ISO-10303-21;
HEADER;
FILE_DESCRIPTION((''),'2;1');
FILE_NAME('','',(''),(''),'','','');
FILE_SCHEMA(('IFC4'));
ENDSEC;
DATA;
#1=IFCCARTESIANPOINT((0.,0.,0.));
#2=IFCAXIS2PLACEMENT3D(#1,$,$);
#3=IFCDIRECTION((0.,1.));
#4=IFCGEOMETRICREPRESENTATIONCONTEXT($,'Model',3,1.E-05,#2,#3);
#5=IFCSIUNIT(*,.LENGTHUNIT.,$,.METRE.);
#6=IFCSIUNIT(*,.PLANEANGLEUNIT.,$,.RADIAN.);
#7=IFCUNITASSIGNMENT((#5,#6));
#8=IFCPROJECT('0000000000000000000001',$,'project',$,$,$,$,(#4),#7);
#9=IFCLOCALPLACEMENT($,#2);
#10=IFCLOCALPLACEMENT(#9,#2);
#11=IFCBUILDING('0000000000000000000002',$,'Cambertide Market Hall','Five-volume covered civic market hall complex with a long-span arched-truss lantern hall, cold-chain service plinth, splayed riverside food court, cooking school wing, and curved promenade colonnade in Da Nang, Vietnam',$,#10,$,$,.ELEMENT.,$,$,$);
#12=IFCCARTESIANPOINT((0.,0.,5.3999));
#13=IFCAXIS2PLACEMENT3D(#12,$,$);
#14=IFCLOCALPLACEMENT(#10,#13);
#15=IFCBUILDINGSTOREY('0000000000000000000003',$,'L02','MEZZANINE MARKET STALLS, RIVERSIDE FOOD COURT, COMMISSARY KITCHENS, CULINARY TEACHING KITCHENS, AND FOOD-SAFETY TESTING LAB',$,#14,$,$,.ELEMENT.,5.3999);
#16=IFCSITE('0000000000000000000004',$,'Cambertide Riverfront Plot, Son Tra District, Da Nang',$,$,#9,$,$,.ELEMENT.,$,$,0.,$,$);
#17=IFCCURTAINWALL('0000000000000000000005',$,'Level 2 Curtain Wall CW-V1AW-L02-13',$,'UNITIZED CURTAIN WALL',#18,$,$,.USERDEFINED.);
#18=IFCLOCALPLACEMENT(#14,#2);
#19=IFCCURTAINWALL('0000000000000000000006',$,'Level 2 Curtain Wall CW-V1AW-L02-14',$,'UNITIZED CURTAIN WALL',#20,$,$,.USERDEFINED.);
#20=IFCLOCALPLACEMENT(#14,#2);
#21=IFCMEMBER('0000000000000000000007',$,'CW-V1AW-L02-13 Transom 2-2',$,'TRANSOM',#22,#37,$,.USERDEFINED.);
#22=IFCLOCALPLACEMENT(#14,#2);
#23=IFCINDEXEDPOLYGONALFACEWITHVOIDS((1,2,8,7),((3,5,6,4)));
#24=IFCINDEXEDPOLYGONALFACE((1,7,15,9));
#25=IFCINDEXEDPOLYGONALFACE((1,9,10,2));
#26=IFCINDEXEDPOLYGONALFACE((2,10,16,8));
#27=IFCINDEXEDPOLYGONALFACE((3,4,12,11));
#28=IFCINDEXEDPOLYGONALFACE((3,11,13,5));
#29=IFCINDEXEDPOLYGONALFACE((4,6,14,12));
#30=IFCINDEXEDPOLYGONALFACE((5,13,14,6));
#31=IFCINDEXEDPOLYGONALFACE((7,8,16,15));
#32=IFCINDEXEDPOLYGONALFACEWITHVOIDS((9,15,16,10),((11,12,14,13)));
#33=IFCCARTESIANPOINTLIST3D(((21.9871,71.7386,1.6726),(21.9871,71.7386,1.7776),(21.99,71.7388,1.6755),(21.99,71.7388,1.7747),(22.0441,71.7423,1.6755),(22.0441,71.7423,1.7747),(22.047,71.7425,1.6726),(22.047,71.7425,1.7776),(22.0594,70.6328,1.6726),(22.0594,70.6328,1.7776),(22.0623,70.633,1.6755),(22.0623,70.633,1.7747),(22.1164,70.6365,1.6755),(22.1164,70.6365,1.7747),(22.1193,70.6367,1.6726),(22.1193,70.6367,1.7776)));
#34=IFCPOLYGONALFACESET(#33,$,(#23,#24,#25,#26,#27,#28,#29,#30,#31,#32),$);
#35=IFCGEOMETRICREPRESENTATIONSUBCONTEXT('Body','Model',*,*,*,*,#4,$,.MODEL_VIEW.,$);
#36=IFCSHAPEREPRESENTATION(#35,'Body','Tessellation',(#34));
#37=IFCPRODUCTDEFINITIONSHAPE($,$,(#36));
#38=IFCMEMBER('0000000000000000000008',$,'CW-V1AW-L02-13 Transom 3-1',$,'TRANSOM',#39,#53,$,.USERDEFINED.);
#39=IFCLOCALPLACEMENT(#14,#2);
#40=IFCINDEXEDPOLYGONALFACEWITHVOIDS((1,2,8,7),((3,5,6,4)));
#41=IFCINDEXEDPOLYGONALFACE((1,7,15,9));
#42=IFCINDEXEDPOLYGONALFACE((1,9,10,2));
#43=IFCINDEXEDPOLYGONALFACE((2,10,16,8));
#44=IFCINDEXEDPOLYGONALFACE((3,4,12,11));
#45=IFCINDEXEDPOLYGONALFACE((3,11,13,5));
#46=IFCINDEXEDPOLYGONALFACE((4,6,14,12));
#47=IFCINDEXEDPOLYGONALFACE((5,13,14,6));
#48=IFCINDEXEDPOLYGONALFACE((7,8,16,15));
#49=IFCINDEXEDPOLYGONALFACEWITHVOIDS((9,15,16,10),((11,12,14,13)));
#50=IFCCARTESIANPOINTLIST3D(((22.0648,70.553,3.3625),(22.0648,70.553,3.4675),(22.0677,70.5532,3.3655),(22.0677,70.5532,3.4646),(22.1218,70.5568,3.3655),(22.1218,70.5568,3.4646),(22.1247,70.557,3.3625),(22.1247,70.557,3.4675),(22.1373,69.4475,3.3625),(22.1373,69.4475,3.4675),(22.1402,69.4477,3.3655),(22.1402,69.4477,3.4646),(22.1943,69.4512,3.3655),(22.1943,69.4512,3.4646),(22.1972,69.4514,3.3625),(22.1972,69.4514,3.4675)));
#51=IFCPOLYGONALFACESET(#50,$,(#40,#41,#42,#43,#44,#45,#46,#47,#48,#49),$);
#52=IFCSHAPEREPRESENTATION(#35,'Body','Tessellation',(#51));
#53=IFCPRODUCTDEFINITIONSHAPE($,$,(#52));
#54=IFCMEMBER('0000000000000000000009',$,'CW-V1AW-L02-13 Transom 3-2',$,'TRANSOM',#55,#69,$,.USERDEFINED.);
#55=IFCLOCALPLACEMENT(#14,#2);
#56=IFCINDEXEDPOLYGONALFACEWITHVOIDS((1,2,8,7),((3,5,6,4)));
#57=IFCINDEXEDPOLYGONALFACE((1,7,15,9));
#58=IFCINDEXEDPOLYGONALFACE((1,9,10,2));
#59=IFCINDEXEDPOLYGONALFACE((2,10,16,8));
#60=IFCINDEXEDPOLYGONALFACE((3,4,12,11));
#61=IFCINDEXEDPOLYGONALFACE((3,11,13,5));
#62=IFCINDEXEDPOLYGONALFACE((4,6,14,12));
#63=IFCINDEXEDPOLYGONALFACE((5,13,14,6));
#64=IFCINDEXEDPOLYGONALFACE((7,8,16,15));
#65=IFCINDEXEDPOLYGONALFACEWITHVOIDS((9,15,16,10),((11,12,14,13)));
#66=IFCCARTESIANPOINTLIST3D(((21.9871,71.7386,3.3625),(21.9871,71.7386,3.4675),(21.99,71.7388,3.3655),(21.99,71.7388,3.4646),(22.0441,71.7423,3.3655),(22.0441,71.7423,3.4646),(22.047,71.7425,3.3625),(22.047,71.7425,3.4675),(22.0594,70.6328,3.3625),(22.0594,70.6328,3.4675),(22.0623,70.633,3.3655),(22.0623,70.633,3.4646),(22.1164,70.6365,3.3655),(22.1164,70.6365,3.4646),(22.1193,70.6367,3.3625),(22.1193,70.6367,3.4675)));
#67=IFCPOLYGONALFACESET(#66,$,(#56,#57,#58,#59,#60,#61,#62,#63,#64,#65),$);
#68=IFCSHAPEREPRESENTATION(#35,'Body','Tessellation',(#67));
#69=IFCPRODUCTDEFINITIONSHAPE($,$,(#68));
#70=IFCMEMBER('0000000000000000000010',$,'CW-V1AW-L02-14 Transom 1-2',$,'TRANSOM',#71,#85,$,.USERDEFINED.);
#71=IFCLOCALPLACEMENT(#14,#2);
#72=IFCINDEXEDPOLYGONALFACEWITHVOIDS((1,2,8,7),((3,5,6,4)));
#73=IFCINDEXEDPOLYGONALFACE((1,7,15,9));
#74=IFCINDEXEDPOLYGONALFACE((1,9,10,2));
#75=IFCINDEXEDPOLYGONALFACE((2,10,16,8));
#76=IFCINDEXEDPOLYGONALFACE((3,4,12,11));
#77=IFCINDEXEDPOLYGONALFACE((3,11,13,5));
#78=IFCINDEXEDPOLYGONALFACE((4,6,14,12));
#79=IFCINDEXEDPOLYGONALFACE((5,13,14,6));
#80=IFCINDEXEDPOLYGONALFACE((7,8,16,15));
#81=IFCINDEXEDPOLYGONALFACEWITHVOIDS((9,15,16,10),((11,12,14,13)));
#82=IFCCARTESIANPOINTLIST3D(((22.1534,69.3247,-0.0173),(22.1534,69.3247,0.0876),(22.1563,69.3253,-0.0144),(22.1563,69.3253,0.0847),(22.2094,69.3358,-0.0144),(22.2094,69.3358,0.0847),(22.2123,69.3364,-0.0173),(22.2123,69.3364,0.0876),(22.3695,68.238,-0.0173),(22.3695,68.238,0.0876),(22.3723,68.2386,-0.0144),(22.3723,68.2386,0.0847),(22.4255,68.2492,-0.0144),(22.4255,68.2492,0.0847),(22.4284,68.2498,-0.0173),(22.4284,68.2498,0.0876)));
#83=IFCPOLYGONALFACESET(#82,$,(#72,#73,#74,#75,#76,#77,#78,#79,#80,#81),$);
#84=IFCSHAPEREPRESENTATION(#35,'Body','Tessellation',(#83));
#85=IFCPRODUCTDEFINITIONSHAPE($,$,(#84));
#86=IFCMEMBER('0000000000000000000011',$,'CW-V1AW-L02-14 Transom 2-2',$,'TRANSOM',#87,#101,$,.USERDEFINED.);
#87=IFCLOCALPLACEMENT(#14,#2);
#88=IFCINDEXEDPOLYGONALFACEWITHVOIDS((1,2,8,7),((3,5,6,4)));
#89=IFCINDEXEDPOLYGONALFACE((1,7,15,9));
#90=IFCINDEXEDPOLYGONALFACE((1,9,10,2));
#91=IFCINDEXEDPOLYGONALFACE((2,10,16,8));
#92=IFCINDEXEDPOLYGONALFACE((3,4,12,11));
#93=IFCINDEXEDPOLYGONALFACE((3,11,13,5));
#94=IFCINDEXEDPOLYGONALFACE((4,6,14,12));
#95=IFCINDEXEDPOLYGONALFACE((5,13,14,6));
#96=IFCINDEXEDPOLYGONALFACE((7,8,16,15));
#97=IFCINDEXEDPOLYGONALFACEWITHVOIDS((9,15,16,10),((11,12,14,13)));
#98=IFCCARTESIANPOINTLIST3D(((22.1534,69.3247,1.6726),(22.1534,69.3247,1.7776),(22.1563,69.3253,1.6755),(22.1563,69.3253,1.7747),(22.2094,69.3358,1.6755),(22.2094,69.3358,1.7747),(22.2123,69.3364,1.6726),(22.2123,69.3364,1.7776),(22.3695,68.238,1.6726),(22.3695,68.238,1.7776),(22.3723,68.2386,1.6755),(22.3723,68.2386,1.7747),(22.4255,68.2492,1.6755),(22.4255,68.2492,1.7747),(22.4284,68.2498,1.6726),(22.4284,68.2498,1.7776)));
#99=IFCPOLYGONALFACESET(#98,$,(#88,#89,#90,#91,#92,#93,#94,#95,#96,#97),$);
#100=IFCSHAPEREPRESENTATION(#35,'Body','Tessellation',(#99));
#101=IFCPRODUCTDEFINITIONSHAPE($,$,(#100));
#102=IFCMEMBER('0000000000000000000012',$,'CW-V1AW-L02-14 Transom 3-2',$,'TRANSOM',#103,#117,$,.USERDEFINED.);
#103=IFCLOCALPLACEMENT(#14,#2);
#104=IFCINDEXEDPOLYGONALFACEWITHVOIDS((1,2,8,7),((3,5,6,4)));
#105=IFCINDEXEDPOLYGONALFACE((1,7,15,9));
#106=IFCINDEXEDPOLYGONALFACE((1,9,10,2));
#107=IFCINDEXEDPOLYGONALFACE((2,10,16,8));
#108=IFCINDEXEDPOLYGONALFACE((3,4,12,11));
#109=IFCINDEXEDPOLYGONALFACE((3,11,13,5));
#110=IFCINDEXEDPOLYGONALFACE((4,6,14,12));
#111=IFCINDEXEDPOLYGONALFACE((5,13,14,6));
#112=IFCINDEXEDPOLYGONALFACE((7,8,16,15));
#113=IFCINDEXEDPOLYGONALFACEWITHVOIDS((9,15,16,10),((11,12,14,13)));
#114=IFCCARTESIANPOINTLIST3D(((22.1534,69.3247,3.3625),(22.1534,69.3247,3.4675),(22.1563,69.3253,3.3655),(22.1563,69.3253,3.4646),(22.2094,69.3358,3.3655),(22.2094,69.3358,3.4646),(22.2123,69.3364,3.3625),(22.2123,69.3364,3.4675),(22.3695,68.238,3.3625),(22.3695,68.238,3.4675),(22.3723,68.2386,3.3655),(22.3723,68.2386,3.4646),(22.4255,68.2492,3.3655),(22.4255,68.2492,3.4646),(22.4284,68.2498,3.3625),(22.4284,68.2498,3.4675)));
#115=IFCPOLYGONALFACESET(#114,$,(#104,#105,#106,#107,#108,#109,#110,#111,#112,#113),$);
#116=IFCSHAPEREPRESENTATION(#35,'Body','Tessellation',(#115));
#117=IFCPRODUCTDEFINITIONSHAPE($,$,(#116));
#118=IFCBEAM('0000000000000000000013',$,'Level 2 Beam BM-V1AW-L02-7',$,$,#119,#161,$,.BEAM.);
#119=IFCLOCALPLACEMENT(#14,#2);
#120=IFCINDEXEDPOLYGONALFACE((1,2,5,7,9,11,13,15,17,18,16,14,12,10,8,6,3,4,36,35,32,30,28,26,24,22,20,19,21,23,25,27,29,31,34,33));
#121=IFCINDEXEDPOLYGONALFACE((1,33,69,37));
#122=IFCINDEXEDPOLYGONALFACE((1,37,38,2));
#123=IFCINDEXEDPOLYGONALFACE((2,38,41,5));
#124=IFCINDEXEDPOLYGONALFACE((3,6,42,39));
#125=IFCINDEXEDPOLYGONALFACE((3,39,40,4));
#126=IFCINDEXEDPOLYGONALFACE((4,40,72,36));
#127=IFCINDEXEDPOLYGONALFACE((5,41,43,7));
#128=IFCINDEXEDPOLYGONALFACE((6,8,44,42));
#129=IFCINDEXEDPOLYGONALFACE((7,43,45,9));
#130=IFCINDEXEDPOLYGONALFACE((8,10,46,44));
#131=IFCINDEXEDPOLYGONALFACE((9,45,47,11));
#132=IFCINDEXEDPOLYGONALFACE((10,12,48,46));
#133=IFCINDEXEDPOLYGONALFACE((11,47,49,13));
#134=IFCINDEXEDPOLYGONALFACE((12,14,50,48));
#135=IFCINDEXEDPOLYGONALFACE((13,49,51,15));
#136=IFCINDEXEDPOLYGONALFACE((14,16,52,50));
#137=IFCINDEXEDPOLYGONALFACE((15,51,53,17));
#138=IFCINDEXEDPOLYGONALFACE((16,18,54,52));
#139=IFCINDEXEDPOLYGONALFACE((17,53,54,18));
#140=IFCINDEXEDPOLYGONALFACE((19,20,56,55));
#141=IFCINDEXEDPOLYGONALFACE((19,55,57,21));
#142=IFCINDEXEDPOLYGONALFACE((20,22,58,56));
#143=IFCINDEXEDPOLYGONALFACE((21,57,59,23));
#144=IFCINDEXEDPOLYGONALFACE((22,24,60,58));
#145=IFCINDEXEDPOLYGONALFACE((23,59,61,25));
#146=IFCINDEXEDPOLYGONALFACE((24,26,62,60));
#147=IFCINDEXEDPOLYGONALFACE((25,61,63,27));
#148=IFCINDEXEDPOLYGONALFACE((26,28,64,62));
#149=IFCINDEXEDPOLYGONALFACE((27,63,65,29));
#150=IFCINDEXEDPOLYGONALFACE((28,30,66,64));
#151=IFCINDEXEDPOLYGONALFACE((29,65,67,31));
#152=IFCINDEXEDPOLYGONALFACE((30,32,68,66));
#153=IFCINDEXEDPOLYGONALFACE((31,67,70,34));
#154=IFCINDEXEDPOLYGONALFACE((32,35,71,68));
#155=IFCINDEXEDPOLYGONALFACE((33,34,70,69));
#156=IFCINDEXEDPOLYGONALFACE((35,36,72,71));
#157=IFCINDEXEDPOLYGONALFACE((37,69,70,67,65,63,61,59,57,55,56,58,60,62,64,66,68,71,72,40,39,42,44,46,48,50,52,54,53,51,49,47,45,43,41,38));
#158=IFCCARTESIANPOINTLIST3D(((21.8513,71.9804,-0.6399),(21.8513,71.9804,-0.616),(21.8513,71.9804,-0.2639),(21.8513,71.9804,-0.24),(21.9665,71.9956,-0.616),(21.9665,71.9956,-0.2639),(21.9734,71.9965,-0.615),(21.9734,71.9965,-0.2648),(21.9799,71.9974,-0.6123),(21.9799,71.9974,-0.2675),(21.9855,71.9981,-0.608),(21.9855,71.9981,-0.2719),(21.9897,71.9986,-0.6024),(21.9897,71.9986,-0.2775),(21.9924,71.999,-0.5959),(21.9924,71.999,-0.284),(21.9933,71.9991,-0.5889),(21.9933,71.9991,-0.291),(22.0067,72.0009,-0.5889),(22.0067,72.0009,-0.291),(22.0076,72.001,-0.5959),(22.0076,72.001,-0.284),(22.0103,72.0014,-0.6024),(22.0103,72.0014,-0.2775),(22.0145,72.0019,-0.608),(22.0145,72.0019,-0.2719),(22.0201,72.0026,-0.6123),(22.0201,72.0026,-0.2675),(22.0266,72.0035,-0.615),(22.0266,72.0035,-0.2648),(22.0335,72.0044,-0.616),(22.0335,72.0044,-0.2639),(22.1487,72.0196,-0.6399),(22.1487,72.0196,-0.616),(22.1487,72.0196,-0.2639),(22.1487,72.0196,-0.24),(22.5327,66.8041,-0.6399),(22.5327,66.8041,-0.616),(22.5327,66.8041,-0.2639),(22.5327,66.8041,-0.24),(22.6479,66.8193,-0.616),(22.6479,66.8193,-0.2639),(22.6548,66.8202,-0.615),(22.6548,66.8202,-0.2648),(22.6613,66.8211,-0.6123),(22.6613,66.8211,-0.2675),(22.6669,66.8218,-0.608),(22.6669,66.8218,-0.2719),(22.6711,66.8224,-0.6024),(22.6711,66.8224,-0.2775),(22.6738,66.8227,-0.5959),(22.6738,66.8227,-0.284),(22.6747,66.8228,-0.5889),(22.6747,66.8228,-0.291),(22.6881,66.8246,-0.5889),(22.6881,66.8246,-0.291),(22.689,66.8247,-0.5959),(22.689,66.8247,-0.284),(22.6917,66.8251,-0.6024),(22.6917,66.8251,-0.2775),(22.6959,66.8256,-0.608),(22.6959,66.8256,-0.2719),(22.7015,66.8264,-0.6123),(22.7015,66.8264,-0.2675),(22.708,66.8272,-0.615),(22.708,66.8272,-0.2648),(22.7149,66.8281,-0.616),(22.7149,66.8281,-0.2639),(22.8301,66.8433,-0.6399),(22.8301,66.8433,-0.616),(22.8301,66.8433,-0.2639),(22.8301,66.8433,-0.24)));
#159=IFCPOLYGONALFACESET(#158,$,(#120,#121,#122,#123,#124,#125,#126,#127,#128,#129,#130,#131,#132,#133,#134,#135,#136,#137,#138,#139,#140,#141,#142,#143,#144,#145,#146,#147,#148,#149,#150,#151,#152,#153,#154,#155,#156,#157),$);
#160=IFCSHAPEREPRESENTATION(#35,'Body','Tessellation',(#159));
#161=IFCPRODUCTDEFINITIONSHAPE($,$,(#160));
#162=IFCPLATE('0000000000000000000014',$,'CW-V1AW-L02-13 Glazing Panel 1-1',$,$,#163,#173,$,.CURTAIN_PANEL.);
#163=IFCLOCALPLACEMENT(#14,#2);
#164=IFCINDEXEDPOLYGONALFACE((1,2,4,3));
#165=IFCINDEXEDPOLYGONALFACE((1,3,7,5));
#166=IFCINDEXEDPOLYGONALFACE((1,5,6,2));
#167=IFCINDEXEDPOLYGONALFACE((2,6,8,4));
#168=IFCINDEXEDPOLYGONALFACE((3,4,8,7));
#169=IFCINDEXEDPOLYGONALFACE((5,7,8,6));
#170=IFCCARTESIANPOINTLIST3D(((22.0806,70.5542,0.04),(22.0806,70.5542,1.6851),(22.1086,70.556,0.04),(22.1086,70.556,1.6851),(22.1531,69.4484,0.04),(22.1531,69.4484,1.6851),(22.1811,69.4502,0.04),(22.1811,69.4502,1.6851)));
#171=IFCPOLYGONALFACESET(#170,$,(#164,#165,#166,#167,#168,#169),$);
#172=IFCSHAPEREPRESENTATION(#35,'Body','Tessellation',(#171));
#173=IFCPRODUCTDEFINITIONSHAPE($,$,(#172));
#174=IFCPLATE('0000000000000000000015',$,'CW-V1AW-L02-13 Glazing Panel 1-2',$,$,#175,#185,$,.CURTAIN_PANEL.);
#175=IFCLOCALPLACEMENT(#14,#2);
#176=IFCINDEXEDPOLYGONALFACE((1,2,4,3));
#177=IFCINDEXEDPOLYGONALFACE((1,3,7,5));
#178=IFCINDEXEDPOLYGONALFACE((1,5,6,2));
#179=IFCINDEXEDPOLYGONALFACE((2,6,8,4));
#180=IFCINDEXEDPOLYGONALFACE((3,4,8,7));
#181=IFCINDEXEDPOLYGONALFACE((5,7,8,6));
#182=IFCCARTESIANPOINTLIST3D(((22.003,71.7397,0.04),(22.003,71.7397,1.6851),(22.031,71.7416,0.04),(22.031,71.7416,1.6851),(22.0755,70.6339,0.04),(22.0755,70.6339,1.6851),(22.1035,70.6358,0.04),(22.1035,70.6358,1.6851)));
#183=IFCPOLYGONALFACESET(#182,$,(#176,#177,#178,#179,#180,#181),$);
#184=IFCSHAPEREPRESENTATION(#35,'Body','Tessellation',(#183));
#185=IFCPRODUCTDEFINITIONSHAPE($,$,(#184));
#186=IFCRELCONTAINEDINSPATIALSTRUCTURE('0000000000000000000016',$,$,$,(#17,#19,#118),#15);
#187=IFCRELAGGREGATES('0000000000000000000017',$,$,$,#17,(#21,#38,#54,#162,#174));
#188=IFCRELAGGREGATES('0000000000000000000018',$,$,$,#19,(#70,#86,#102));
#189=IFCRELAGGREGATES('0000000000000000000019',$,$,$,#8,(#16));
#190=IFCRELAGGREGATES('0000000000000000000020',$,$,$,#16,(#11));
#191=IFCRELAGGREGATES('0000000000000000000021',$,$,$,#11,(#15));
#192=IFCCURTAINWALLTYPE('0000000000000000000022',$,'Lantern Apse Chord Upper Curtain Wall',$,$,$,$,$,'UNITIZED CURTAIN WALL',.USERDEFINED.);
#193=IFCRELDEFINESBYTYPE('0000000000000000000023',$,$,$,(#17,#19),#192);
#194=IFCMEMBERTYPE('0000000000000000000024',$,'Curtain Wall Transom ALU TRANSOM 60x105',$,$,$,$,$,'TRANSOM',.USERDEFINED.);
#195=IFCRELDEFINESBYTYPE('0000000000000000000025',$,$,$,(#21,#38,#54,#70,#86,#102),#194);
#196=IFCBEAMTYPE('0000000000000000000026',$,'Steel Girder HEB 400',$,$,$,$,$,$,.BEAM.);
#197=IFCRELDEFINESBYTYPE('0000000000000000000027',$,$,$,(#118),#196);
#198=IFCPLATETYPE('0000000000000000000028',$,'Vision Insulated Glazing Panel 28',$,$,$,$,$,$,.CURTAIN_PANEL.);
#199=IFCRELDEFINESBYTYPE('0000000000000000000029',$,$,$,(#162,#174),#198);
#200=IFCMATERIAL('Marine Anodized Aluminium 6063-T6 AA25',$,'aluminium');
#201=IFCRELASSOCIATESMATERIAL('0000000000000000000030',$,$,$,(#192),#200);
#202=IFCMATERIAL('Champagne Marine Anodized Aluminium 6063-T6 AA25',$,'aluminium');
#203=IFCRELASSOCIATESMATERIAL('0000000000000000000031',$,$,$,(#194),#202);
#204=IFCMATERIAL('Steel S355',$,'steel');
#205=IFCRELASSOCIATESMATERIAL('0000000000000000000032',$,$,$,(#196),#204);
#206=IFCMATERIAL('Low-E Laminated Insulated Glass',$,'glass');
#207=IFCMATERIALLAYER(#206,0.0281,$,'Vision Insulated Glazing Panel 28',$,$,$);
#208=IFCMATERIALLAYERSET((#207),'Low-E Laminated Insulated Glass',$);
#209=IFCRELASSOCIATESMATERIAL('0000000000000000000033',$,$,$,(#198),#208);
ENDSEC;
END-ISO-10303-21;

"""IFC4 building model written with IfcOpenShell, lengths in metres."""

from ifc_helpers import new_model, si_unit, direction, frame, origin, origin_2d, place, context, subcontext, project, spatial, rectangle, hollow_rectangle, i_section, extrude, material, layer, layer_set, material_profile, profile_set, type_object, element, aggregate, save


model = new_model("IFC4")

# Units and contexts
model_context = context("Model", 3, precision=1e-05, world=origin(), true_north=direction((0.0, 1.0)))
body_context = subcontext(model_context, "Body", "Model", "MODEL_VIEW")
ifc_project = project(units=[si_unit("LENGTHUNIT", "METRE"), si_unit("PLANEANGLEUNIT", "RADIAN")], contexts=[model_context])

# Site, building, storey
site_placement = place(None, origin())
site = spatial("IfcSite", under=ifc_project, at=site_placement, Name="Cambertide Riverfront Plot, Son Tra District, Da Nang", CompositionType="ELEMENT", RefElevation=0.0)
building_placement = place(site_placement, origin())
building = spatial("IfcBuilding", under=site, at=building_placement, Name="Cambertide Market Hall", Description="Five-volume covered civic market hall complex with a long-span arched-truss lantern hall, cold-chain service plinth, splayed riverside food court, cooking school wing, and curved promenade colonnade in Da Nang, Vietnam", CompositionType="ELEMENT")
storey_placement = place(building_placement, frame((0.0, 0.0, 5.3999)))
storey = spatial("IfcBuildingStorey", under=building, at=storey_placement, Name="L02", Description="MEZZANINE MARKET STALLS, RIVERSIDE FOOD COURT, COMMISSARY KITCHENS, CULINARY TEACHING KITCHENS, AND FOOD-SAFETY TESTING LAB", CompositionType="ELEMENT", Elevation=5.3999)

# Curtain walls
ifc_material_1 = material(Name="Marine Anodized Aluminium 6063-T6 AA25", Category="aluminium")
curtain_wall_type = type_object("IfcCurtainWallType", Name="Lantern Apse Chord Upper Curtain Wall", ElementType="UNITIZED CURTAIN WALL", PredefinedType="USERDEFINED", material=ifc_material_1)
curtain_wall_1_placement = place(storey_placement, origin())
curtain_wall_1 = element("IfcCurtainWall", 1, at=curtain_wall_1_placement, inside=storey, type_object=curtain_wall_type, Name="Level 2 Curtain Wall CW-V1AW-L02-13", ObjectType="UNITIZED CURTAIN WALL", PredefinedType="USERDEFINED")
curtain_wall_2_placement = place(storey_placement, origin())
curtain_wall_2 = element("IfcCurtainWall", 2, at=curtain_wall_2_placement, inside=storey, type_object=curtain_wall_type, Name="Level 2 Curtain Wall CW-V1AW-L02-14", ObjectType="UNITIZED CURTAIN WALL", PredefinedType="USERDEFINED")

# Members
ifc_material_2 = material(Name="Champagne Marine Anodized Aluminium 6063-T6 AA25", Category="aluminium")
ifc_material_profile_1 = material_profile(ifc_material_2, hollow_rectangle(XDim=0.0601, YDim=0.105, WallThickness=0.0029, at=origin_2d()), Name="ALU TRANSOM 60x105")
ifc_profile_set_1 = profile_set([ifc_material_profile_1], Name="Champagne Marine Anodized Aluminium 6063-T6 AA25")
member_type_1 = type_object("IfcMemberType", Name="Curtain Wall Transom ALU TRANSOM 60x105", ElementType="TRANSOM", PredefinedType="USERDEFINED", material=ifc_profile_set_1)
member_1_placement = place(storey_placement, frame((22.0894, 70.6348, 1.7251), z_axis=(-0.065217, 0.997871, 0.0), x_axis=(-0.997871, -0.065217, 0.0)))
member_1 = element("IfcMember", 3, at=member_1_placement, type_object=member_type_1, Name="CW-V1AW-L02-13 Transom 2-2", ObjectType="TRANSOM", PredefinedType="USERDEFINED", context=body_context, shape_type="SweptSolid", body=[
    extrude(hollow_rectangle(XDim=0.0601, YDim=0.105, WallThickness=0.0029, at=origin_2d()), origin(), (0.0, 0.0, 1.0), 1.1082),
])
member_2_placement = place(storey_placement, frame((22.1672, 69.4495, 3.415), z_axis=(-0.065451, 0.997856, 0.0), x_axis=(-0.997856, -0.065451, 0.0)))
member_2 = element("IfcMember", 4, at=member_2_placement, type_object=member_type_1, Name="CW-V1AW-L02-13 Transom 3-1", ObjectType="TRANSOM", PredefinedType="USERDEFINED", context=body_context, shape_type="SweptSolid", body=[
    extrude(hollow_rectangle(XDim=0.0601, YDim=0.105, WallThickness=0.0029, at=origin_2d()), origin(), (0.0, 0.0, 1.0), 1.1079),
])
member_3_placement = place(storey_placement, frame((22.0894, 70.6348, 3.415), z_axis=(-0.065217, 0.997871, 0.0), x_axis=(-0.997871, -0.065217, 0.0)))
member_3 = element("IfcMember", 5, at=member_3_placement, type_object=member_type_1, Name="CW-V1AW-L02-13 Transom 3-2", ObjectType="TRANSOM", PredefinedType="USERDEFINED", context=body_context, shape_type="SweptSolid", body=[
    extrude(hollow_rectangle(XDim=0.0601, YDim=0.105, WallThickness=0.0029, at=origin_2d()), origin(), (0.0, 0.0, 1.0), 1.1082),
])
member_4_placement = place(storey_placement, frame((22.3989, 68.2439, 0.0352), z_axis=(-0.195014, 0.9808, 0.0), x_axis=(-0.9808, -0.195014, 0.0)))
member_4 = element("IfcMember", 6, at=member_4_placement, type_object=member_type_1, Name="CW-V1AW-L02-14 Transom 1-2", ObjectType="TRANSOM", PredefinedType="USERDEFINED", context=body_context, shape_type="SweptSolid", body=[
    extrude(hollow_rectangle(XDim=0.0601, YDim=0.105, WallThickness=0.0029, at=origin_2d()), origin(), (0.0, 0.0, 1.0), 1.1079),
])
member_5_placement = place(storey_placement, frame((22.3989, 68.2439, 1.7251), z_axis=(-0.195014, 0.9808, 0.0), x_axis=(-0.9808, -0.195014, 0.0)))
member_5 = element("IfcMember", 7, at=member_5_placement, type_object=member_type_1, Name="CW-V1AW-L02-14 Transom 2-2", ObjectType="TRANSOM", PredefinedType="USERDEFINED", context=body_context, shape_type="SweptSolid", body=[
    extrude(hollow_rectangle(XDim=0.0601, YDim=0.105, WallThickness=0.0029, at=origin_2d()), origin(), (0.0, 0.0, 1.0), 1.1079),
])
member_6_placement = place(storey_placement, frame((22.3989, 68.2439, 3.415), z_axis=(-0.195014, 0.9808, 0.0), x_axis=(-0.9808, -0.195014, 0.0)))
member_6 = element("IfcMember", 8, at=member_6_placement, type_object=member_type_1, Name="CW-V1AW-L02-14 Transom 3-2", ObjectType="TRANSOM", PredefinedType="USERDEFINED", context=body_context, shape_type="SweptSolid", body=[
    extrude(hollow_rectangle(XDim=0.0601, YDim=0.105, WallThickness=0.0029, at=origin_2d()), origin(), (0.0, 0.0, 1.0), 1.1079),
])

# Beam
ifc_material_3 = material(Name="Steel S355", Category="steel")
ifc_material_profile_2 = material_profile(ifc_material_3, i_section(OverallWidth=0.3, OverallDepth=0.3999, WebThickness=0.0134, FlangeThickness=0.0239, FilletRadius=0.0271, at=origin_2d()), Name="HEB 400")
ifc_profile_set_2 = profile_set([ifc_material_profile_2], Name="Steel S355")
beam_type = type_object("IfcBeamType", Name="Steel Girder HEB 400", PredefinedType="BEAM", material=ifc_profile_set_2)
beam_placement = place(storey_placement, frame((22.0, 72.0, -0.4399), z_axis=(0.130513, -0.991447, 0.0), x_axis=(0.991447, 0.130513, 0.0)))
element("IfcBeam", 9, at=beam_placement, inside=storey, type_object=beam_type, Name="Level 2 Beam BM-V1AW-L02-7", PredefinedType="BEAM", context=body_context, shape_type="SweptSolid", body=[
    extrude(i_section(OverallWidth=0.3, OverallDepth=0.3999, WebThickness=0.0134, FlangeThickness=0.0239, FilletRadius=0.0271, at=origin_2d()), origin(), (0.0, 0.0, 1.0), 5.2209),
])

# Plates
ifc_material_4 = material(Name="Low-E Laminated Insulated Glass", Category="glass")
ifc_layer_1 = layer(ifc_material_4, 0.0281, Name="Vision Insulated Glazing Panel 28")
ifc_layer_set_1 = layer_set([ifc_layer_1], Name="Low-E Laminated Insulated Glass")
plate_type = type_object("IfcPlateType", Name="Vision Insulated Glazing Panel 28", PredefinedType="CURTAIN_PANEL", material=ifc_layer_set_1)
plate_1_placement = place(storey_placement, frame((22.1309, 70.0022, 0.04), z_axis=(0.0, 0.0, 1.0), x_axis=(-0.065403, 0.997859, 0.0)))
plate_1 = element("IfcPlate", 10, at=plate_1_placement, type_object=plate_type, Name="CW-V1AW-L02-13 Glazing Panel 1-1", PredefinedType="CURTAIN_PANEL", context=body_context, shape_type="SweptSolid", body=[
    extrude(rectangle(XDim=1.1082, YDim=0.0281, at=origin_2d()), origin(), (0.0, 0.0, 1.0), 1.645),
])
plate_2_placement = place(storey_placement, frame((22.0532, 71.1877, 0.04), z_axis=(0.0, 0.0, 1.0), x_axis=(-0.065403, 0.997859, 0.0)))
plate_2 = element("IfcPlate", 11, at=plate_2_placement, type_object=plate_type, Name="CW-V1AW-L02-13 Glazing Panel 1-2", PredefinedType="CURTAIN_PANEL", context=body_context, shape_type="SweptSolid", body=[
    extrude(rectangle(XDim=1.1082, YDim=0.0281, at=origin_2d()), origin(), (0.0, 0.0, 1.0), 1.645),
])
aggregate(curtain_wall_1, [member_1, member_2, member_3, plate_1, plate_2])
aggregate(curtain_wall_2, [member_4, member_5, member_6])

save(model, "model.ifc")
